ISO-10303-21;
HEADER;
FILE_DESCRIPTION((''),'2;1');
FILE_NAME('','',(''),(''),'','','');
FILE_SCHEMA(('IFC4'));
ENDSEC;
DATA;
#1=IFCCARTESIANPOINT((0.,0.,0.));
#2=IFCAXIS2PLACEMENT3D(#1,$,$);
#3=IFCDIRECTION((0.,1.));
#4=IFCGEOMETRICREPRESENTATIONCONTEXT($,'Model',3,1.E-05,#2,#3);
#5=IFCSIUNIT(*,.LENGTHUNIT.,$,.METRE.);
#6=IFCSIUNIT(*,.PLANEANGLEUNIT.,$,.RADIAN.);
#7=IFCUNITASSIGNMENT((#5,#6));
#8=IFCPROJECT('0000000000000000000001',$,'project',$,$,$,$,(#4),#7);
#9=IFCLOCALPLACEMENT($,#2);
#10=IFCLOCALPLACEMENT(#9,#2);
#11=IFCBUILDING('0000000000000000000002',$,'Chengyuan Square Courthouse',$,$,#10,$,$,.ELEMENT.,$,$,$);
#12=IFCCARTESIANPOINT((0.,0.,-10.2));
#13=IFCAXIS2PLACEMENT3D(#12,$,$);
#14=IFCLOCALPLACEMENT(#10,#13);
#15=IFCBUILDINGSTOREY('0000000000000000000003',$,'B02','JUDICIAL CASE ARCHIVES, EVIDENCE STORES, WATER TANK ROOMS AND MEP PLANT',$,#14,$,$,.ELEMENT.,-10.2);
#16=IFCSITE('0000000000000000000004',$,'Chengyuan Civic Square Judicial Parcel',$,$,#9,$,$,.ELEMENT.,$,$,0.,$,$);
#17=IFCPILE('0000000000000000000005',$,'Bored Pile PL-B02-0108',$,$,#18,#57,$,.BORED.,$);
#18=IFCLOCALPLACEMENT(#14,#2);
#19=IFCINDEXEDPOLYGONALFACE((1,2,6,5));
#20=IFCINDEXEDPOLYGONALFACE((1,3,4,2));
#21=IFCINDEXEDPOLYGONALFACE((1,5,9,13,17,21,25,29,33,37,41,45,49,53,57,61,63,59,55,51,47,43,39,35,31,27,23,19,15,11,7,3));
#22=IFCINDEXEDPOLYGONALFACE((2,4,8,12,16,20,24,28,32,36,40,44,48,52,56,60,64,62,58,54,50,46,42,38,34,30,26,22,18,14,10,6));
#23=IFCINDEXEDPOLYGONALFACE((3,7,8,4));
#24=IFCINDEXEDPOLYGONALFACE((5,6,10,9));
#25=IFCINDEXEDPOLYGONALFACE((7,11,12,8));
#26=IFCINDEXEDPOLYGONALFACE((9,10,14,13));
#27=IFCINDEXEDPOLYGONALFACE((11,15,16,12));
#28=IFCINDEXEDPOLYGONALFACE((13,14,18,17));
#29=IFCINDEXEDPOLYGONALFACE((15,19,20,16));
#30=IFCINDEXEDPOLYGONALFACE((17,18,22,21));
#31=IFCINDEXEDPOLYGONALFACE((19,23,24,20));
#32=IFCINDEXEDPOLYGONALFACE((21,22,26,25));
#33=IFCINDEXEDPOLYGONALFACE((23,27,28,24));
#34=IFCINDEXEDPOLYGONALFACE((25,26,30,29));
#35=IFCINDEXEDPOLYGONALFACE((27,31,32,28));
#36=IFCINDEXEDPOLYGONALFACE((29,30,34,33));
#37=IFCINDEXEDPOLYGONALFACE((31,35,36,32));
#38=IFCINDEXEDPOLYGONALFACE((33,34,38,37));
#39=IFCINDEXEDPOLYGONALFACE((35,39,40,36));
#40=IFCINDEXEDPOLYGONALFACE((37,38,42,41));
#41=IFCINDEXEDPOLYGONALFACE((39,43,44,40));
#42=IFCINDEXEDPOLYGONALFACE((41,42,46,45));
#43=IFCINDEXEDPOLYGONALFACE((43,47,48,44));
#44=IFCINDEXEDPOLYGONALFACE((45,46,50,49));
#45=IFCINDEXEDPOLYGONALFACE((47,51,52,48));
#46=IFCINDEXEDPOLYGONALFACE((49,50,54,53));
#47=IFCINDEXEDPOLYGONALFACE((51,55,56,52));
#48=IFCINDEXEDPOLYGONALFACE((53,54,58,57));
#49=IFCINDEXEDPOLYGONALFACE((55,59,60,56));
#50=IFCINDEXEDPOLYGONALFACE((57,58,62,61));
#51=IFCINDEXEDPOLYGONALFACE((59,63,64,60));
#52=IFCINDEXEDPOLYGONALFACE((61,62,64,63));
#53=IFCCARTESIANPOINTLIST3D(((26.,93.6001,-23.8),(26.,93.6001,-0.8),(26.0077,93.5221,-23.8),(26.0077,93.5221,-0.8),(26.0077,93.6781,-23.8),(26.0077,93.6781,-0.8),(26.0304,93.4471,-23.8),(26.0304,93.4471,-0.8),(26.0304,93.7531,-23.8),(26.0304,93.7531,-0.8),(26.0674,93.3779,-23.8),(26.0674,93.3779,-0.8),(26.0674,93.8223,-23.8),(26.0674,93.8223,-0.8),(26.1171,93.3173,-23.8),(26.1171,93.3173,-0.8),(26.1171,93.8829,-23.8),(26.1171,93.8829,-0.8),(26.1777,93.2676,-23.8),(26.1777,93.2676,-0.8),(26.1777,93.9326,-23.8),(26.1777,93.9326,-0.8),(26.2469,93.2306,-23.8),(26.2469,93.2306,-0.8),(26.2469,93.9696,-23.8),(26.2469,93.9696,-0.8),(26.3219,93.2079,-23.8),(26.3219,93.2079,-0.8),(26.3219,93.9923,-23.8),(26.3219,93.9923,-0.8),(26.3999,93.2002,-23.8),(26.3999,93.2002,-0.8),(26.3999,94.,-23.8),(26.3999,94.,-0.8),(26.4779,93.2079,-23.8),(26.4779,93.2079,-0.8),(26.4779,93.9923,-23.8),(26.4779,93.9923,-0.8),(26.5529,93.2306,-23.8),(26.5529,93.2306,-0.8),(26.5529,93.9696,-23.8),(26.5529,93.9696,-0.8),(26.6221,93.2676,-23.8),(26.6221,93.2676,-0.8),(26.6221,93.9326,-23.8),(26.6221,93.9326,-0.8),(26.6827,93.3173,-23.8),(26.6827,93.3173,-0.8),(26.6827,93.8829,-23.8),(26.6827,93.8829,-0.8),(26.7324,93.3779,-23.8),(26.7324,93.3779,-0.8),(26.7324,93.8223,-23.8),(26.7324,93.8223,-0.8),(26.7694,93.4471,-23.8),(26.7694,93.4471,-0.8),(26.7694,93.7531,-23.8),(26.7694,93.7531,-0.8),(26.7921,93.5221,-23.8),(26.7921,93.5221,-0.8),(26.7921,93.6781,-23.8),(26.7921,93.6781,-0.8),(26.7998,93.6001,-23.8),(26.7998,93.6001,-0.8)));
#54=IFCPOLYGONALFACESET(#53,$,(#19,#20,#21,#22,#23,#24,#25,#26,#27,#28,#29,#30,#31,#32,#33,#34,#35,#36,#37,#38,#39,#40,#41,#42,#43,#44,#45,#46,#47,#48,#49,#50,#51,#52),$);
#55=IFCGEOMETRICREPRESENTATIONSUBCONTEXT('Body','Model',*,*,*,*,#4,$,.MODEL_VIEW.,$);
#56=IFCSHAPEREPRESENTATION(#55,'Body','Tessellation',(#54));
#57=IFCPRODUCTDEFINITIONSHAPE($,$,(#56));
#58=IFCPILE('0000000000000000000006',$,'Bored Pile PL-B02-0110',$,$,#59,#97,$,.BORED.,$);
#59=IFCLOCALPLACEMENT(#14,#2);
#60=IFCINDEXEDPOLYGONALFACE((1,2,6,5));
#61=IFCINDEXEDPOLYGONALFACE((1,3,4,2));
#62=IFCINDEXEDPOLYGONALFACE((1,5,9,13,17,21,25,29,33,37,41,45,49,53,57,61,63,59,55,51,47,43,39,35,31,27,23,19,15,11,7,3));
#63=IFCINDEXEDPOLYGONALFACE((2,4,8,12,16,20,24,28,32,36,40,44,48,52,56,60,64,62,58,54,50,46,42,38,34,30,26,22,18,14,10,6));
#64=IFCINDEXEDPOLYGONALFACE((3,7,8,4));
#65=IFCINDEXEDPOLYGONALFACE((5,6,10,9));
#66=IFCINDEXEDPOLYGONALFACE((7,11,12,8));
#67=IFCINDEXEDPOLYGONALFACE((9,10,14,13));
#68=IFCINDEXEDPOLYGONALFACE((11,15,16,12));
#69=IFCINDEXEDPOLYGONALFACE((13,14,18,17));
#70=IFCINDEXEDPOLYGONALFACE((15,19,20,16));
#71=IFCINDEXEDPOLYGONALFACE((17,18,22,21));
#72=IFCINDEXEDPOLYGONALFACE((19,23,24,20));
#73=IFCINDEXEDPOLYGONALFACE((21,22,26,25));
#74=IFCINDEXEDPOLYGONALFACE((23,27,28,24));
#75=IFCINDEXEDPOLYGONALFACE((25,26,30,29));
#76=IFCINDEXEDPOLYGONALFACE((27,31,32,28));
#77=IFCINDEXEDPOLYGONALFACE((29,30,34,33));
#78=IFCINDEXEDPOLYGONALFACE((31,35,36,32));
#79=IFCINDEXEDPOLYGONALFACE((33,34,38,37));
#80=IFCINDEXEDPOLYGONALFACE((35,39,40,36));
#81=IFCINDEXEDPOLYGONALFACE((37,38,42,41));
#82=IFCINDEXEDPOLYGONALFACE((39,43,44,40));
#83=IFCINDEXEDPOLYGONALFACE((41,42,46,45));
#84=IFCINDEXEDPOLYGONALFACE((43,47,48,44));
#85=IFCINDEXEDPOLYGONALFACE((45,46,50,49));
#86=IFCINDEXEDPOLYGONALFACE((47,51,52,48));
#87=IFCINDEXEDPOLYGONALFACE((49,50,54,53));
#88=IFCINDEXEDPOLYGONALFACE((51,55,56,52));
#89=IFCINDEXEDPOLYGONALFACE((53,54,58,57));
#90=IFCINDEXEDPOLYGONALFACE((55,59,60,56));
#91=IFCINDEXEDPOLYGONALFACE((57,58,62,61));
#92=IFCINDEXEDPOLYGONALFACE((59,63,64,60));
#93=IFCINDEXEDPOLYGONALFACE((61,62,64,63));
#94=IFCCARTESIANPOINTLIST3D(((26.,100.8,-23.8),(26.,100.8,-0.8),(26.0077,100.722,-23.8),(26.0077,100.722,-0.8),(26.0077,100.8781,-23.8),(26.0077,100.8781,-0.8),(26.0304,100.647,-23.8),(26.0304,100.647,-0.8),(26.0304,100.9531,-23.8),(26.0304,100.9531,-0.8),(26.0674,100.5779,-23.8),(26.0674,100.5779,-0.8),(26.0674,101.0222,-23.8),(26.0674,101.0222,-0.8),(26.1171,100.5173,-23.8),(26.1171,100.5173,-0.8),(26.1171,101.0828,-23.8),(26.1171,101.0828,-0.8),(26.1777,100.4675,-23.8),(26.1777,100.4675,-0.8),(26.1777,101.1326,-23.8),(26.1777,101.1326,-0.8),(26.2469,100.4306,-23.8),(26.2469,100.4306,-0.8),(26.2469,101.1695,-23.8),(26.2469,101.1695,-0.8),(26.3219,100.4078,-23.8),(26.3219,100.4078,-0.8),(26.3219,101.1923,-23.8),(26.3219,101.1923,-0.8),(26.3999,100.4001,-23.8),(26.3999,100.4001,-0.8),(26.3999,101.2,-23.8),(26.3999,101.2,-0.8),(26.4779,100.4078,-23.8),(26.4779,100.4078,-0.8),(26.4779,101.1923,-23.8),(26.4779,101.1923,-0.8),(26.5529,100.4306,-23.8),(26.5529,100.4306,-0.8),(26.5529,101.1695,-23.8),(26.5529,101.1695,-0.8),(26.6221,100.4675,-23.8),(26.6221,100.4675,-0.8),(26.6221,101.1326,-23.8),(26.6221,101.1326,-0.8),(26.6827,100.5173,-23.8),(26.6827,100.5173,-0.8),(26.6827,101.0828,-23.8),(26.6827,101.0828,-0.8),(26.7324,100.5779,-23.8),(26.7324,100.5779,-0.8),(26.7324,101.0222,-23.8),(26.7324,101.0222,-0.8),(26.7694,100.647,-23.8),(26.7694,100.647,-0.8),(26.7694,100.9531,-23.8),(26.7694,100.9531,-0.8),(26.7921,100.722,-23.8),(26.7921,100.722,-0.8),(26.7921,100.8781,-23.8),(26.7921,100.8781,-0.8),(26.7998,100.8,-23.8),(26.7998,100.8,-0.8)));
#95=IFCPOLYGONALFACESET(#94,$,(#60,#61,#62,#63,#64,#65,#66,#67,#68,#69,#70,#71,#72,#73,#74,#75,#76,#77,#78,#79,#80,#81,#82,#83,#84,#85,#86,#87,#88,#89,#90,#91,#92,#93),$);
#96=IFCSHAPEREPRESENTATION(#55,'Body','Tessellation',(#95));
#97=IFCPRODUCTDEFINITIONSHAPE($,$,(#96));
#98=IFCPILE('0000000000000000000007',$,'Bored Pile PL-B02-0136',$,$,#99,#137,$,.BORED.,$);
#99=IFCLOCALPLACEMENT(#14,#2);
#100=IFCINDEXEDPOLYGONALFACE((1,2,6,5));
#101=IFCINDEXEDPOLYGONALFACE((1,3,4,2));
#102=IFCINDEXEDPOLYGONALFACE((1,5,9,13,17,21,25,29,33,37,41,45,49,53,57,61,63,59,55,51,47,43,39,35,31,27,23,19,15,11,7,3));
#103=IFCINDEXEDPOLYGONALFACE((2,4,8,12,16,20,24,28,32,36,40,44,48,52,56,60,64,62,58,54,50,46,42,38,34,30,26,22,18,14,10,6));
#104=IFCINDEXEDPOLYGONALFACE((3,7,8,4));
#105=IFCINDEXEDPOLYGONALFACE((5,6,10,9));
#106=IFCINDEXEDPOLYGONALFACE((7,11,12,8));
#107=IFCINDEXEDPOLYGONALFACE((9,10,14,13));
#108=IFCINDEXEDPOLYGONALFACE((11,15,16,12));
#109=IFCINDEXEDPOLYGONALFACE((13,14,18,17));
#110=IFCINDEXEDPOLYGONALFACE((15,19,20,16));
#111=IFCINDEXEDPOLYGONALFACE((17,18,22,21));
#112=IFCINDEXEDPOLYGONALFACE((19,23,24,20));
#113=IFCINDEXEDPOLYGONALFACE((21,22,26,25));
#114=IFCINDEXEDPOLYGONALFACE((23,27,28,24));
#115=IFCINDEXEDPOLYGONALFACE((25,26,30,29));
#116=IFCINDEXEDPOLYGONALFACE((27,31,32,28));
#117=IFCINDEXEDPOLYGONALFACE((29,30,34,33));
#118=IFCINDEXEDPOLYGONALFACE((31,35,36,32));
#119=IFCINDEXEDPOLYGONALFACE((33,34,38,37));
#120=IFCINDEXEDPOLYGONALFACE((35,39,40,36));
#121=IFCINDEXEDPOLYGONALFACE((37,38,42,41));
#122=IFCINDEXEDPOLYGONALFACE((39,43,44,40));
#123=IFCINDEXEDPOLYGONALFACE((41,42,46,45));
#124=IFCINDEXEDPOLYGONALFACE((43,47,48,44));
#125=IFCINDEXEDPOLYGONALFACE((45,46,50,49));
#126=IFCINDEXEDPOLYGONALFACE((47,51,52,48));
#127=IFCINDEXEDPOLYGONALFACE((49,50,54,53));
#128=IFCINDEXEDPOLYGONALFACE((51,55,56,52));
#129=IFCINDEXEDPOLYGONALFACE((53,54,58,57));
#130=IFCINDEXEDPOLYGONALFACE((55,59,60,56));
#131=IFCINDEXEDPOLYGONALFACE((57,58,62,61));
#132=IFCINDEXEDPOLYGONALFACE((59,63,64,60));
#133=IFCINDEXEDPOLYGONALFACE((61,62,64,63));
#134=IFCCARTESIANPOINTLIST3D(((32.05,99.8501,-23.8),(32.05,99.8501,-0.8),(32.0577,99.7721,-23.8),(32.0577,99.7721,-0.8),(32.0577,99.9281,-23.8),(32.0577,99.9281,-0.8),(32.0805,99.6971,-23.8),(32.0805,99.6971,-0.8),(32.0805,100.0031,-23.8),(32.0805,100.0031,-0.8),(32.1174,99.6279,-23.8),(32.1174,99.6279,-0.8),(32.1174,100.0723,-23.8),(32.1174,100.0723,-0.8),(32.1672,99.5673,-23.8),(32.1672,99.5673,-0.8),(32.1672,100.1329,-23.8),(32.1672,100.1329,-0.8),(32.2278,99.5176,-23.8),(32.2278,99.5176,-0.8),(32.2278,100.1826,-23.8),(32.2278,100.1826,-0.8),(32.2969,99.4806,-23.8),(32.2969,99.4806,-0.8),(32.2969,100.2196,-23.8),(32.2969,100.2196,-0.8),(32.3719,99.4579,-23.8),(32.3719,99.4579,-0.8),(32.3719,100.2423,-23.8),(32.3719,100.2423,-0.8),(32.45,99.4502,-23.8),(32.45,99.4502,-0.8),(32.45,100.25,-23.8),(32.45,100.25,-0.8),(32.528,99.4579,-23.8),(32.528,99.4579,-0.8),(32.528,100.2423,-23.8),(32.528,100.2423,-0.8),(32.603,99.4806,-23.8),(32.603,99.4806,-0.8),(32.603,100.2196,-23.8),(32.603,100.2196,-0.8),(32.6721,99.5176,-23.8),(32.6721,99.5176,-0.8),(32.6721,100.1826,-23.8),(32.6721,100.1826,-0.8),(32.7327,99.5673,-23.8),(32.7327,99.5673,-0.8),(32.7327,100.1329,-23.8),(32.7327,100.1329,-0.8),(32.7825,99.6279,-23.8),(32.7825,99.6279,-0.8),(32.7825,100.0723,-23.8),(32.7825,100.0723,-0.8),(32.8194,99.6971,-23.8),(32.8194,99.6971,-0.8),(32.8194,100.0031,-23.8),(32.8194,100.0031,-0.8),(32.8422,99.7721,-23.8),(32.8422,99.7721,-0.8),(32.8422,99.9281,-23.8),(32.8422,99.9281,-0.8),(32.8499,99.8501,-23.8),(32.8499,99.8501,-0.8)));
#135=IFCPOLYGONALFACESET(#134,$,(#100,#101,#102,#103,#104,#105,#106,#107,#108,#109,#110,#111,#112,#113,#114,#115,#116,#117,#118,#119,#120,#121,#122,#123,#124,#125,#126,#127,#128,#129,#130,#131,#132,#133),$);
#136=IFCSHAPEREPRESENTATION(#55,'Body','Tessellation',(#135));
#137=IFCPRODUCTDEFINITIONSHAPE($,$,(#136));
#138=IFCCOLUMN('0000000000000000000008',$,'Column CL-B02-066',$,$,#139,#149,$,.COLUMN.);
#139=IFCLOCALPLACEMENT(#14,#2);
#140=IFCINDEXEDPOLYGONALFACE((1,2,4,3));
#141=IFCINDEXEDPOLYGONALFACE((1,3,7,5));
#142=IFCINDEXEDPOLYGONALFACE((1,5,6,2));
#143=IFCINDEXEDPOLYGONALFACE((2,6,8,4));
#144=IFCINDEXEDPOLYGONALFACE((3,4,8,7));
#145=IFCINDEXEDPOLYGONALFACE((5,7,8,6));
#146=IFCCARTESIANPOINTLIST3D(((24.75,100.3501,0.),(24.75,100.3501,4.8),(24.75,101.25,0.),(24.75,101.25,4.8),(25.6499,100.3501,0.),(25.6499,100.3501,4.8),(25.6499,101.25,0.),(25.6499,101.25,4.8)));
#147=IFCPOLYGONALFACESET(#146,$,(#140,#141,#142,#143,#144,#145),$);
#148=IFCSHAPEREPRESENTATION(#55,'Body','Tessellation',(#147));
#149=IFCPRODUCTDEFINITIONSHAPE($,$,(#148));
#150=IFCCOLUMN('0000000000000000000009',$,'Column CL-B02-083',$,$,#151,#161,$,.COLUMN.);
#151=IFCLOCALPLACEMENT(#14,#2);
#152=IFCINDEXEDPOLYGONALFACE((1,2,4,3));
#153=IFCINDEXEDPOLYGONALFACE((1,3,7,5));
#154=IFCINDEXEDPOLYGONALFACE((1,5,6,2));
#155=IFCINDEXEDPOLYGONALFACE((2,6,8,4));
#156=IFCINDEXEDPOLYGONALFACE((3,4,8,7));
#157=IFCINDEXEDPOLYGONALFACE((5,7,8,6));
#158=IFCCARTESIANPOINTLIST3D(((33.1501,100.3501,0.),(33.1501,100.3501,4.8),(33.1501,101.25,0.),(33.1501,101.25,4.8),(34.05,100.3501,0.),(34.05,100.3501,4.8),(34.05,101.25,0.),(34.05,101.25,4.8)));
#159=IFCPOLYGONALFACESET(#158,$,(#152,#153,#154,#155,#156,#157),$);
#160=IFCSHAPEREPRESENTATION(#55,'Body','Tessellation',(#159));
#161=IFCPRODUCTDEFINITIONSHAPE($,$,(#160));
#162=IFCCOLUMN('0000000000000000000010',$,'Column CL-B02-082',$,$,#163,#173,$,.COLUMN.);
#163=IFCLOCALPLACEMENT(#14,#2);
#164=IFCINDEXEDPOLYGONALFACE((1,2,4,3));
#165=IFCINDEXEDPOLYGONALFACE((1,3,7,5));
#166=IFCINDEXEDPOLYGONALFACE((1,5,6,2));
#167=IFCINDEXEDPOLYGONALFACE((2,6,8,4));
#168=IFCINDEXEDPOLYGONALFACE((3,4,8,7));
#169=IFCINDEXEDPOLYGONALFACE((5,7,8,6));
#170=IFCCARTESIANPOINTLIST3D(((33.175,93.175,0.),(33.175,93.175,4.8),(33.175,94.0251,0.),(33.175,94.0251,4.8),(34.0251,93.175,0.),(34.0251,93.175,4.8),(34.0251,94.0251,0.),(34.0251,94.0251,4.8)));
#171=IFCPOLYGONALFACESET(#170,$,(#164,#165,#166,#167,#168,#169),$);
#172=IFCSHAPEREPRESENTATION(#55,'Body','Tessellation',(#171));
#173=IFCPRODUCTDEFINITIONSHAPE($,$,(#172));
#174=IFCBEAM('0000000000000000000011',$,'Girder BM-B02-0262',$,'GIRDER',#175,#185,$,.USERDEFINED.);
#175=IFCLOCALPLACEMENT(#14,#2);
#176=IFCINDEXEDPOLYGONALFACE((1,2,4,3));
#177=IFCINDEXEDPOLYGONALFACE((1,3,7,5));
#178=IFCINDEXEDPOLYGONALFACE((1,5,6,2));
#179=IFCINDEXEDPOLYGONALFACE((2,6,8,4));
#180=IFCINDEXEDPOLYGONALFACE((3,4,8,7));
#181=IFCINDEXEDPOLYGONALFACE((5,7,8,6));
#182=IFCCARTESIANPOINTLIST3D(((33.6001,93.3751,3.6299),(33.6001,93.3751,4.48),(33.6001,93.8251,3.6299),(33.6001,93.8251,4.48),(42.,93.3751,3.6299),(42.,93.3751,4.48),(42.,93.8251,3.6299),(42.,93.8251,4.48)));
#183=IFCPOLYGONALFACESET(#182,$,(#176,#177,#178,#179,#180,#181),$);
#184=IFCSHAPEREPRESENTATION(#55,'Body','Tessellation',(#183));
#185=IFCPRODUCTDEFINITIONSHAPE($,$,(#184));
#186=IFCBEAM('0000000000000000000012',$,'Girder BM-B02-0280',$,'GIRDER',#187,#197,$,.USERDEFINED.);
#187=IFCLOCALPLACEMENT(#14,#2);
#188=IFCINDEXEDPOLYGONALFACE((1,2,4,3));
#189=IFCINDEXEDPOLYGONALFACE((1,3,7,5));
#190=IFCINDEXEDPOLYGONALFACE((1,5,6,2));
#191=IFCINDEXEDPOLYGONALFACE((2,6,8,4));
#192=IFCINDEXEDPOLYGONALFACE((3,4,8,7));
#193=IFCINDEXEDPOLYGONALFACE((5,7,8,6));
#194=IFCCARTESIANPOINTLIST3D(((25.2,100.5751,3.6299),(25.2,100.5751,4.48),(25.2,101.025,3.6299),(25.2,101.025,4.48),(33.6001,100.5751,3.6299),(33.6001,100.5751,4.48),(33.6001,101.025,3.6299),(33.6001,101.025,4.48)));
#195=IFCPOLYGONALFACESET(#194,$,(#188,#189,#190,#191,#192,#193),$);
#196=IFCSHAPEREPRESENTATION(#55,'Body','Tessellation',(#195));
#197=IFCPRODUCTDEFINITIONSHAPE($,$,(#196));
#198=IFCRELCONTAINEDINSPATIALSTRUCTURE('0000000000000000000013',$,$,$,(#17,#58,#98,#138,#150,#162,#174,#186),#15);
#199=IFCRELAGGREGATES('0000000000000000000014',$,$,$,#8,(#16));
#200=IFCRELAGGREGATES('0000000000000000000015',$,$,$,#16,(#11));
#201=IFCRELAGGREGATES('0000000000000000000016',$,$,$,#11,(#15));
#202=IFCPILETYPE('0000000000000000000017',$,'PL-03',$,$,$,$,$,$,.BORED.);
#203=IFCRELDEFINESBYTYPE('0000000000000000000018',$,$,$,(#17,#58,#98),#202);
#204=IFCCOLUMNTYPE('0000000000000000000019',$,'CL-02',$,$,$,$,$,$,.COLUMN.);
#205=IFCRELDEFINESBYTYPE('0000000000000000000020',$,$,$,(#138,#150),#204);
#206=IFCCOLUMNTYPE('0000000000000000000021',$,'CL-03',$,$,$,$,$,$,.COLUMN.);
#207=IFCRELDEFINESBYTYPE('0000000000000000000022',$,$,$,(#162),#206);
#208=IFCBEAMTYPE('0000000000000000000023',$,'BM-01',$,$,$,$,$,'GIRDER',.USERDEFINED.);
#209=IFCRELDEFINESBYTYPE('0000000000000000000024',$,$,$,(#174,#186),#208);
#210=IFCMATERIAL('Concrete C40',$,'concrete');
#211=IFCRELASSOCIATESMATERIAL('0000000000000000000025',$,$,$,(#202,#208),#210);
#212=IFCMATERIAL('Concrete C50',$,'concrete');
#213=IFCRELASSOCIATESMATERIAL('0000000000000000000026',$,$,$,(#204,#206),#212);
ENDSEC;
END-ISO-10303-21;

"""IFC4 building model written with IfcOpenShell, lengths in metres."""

from ifc_helpers import new_model, si_unit, direction, frame, origin, origin_2d, place, context, subcontext, project, spatial, rectangle, circle, extrude, material, material_profile, profile_set, type_object, element, save


model = new_model("IFC4")

# Units and contexts
model_context = context("Model", 3, precision=1e-05, world=origin(), true_north=direction((0.0, 1.0)))
body_context = subcontext(model_context, "Body", "Model", "MODEL_VIEW")
ifc_project = project(units=[si_unit("LENGTHUNIT", "METRE"), si_unit("PLANEANGLEUNIT", "RADIAN")], contexts=[model_context])

# Site, building, storey
site_placement = place(None, origin())
site = spatial("IfcSite", under=ifc_project, at=site_placement, Name="Chengyuan Civic Square Judicial Parcel", CompositionType="ELEMENT", RefElevation=0.0)
building_placement = place(site_placement, origin())
building = spatial("IfcBuilding", under=site, at=building_placement, Name="Chengyuan Square Courthouse", CompositionType="ELEMENT")
storey_placement = place(building_placement, frame((0.0, 0.0, -10.2)))
storey = spatial("IfcBuildingStorey", under=building, at=storey_placement, Name="B02", Description="JUDICIAL CASE ARCHIVES, EVIDENCE STORES, WATER TANK ROOMS AND MEP PLANT", CompositionType="ELEMENT", Elevation=-10.2)

# Shared definitions
ifc_material_1 = material(Name="Concrete C40", Category="concrete")

# Piles
ifc_material_profile_1 = material_profile(ifc_material_1, circle(Radius=0.3999, at=origin_2d()), Name="BORED PILE D800")
ifc_profile_set_1 = profile_set([ifc_material_profile_1], Name="Concrete C40")
pile_type_1 = type_object("IfcPileType", Name="PL-03", PredefinedType="BORED", material=ifc_profile_set_1)
for number, where, z_axis, x_axis, name in (
    (1, (26.3999, 93.6001, -0.8), (0.0, 0.0, -1.0), (1.0, 0.0, 0.0), "Bored Pile PL-B02-0108"),
    (2, (26.3999, 100.8, -0.8), (0.0, 0.0, -1.0), (1.0, 0.0, 0.0), "Bored Pile PL-B02-0110"),
    (3, (32.45, 99.8501, -0.8), (0.0, 0.0, -1.0), (1.0, 0.0, 0.0), "Bored Pile PL-B02-0136"),
):
    element("IfcPile", number, at=place(storey_placement, frame(where, z_axis=z_axis, x_axis=x_axis)), inside=storey, type_object=pile_type_1, Name=name, PredefinedType="BORED", context=body_context, shape_type="SweptSolid", body=[
        extrude(circle(Radius=0.3999, at=origin_2d()), origin(), (0.0, 0.0, 1.0), 23.0),
    ])

# Columns
ifc_material_2 = material(Name="Concrete C50", Category="concrete")
ifc_material_profile_2 = material_profile(ifc_material_2, rectangle(XDim=0.8999, YDim=0.8999, at=origin_2d()), Name="RC-COL-900x900")
ifc_profile_set_2 = profile_set([ifc_material_profile_2], Name="Concrete C50")
column_type_1 = type_object("IfcColumnType", Name="CL-02", PredefinedType="COLUMN", material=ifc_profile_set_2)
for number, where, z_axis, x_axis, name in (
    (4, (25.2, 100.8, 0.0), (0.0, 0.0, 1.0), (1.0, 0.0, 0.0), "Column CL-B02-066"),
    (5, (33.6001, 100.8, 0.0), (0.0, 0.0, 1.0), (1.0, 0.0, 0.0), "Column CL-B02-083"),
):
    element("IfcColumn", number, at=place(storey_placement, frame(where, z_axis=z_axis, x_axis=x_axis)), inside=storey, type_object=column_type_1, Name=name, PredefinedType="COLUMN", context=body_context, shape_type="SweptSolid", body=[
        extrude(rectangle(XDim=0.8999, YDim=0.8999, at=origin_2d()), origin(), (0.0, 0.0, 1.0), 4.8),
    ])
ifc_material_profile_3 = material_profile(ifc_material_2, rectangle(XDim=0.8501, YDim=0.8501, at=origin_2d()), Name="RC-COL-850x850")
ifc_profile_set_3 = profile_set([ifc_material_profile_3], Name="Concrete C50")
column_type_2 = type_object("IfcColumnType", Name="CL-03", PredefinedType="COLUMN", material=ifc_profile_set_3)
column_placement = place(storey_placement, frame((33.6001, 93.6001, 0.0), z_axis=(0.0, 0.0, 1.0), x_axis=(1.0, 0.0, 0.0)))
element("IfcColumn", 6, at=column_placement, inside=storey, type_object=column_type_2, Name="Column CL-B02-082", PredefinedType="COLUMN", context=body_context, shape_type="SweptSolid", body=[
    extrude(rectangle(XDim=0.8501, YDim=0.8501, at=origin_2d()), origin(), (0.0, 0.0, 1.0), 4.8),
])

# Beams
ifc_material_profile_4 = material_profile(ifc_material_1, rectangle(XDim=0.45, YDim=0.8501, at=origin_2d()), Name="RC-BM-450x850")
ifc_profile_set_4 = profile_set([ifc_material_profile_4], Name="Concrete C40")
beam_type_1 = type_object("IfcBeamType", Name="BM-01", ElementType="GIRDER", PredefinedType="USERDEFINED", material=ifc_profile_set_4)
beam_1_placement = place(storey_placement, frame((33.6001, 93.6001, 4.0549), z_axis=(1.0, 0.0, 0.0), x_axis=(0.0, 1.0, 0.0)))
element("IfcBeam", 7, at=beam_1_placement, inside=storey, type_object=beam_type_1, Name="Girder BM-B02-0262", ObjectType="GIRDER", PredefinedType="USERDEFINED", context=body_context, shape_type="SweptSolid", body=[
    extrude(rectangle(XDim=0.45, YDim=0.8501, at=origin_2d()), origin(), (0.0, 0.0, 1.0), 8.3999),
])
beam_2_placement = place(storey_placement, frame((25.2, 100.8, 4.0549), z_axis=(1.0, 0.0, 0.0), x_axis=(0.0, 1.0, 0.0)))
element("IfcBeam", 8, at=beam_2_placement, inside=storey, type_object=beam_type_1, Name="Girder BM-B02-0280", ObjectType="GIRDER", PredefinedType="USERDEFINED", context=body_context, shape_type="SweptSolid", body=[
    extrude(rectangle(XDim=0.45, YDim=0.8501, at=origin_2d()), origin(), (0.0, 0.0, 1.0), 8.4001),
])

save(model, "model.ifc")
